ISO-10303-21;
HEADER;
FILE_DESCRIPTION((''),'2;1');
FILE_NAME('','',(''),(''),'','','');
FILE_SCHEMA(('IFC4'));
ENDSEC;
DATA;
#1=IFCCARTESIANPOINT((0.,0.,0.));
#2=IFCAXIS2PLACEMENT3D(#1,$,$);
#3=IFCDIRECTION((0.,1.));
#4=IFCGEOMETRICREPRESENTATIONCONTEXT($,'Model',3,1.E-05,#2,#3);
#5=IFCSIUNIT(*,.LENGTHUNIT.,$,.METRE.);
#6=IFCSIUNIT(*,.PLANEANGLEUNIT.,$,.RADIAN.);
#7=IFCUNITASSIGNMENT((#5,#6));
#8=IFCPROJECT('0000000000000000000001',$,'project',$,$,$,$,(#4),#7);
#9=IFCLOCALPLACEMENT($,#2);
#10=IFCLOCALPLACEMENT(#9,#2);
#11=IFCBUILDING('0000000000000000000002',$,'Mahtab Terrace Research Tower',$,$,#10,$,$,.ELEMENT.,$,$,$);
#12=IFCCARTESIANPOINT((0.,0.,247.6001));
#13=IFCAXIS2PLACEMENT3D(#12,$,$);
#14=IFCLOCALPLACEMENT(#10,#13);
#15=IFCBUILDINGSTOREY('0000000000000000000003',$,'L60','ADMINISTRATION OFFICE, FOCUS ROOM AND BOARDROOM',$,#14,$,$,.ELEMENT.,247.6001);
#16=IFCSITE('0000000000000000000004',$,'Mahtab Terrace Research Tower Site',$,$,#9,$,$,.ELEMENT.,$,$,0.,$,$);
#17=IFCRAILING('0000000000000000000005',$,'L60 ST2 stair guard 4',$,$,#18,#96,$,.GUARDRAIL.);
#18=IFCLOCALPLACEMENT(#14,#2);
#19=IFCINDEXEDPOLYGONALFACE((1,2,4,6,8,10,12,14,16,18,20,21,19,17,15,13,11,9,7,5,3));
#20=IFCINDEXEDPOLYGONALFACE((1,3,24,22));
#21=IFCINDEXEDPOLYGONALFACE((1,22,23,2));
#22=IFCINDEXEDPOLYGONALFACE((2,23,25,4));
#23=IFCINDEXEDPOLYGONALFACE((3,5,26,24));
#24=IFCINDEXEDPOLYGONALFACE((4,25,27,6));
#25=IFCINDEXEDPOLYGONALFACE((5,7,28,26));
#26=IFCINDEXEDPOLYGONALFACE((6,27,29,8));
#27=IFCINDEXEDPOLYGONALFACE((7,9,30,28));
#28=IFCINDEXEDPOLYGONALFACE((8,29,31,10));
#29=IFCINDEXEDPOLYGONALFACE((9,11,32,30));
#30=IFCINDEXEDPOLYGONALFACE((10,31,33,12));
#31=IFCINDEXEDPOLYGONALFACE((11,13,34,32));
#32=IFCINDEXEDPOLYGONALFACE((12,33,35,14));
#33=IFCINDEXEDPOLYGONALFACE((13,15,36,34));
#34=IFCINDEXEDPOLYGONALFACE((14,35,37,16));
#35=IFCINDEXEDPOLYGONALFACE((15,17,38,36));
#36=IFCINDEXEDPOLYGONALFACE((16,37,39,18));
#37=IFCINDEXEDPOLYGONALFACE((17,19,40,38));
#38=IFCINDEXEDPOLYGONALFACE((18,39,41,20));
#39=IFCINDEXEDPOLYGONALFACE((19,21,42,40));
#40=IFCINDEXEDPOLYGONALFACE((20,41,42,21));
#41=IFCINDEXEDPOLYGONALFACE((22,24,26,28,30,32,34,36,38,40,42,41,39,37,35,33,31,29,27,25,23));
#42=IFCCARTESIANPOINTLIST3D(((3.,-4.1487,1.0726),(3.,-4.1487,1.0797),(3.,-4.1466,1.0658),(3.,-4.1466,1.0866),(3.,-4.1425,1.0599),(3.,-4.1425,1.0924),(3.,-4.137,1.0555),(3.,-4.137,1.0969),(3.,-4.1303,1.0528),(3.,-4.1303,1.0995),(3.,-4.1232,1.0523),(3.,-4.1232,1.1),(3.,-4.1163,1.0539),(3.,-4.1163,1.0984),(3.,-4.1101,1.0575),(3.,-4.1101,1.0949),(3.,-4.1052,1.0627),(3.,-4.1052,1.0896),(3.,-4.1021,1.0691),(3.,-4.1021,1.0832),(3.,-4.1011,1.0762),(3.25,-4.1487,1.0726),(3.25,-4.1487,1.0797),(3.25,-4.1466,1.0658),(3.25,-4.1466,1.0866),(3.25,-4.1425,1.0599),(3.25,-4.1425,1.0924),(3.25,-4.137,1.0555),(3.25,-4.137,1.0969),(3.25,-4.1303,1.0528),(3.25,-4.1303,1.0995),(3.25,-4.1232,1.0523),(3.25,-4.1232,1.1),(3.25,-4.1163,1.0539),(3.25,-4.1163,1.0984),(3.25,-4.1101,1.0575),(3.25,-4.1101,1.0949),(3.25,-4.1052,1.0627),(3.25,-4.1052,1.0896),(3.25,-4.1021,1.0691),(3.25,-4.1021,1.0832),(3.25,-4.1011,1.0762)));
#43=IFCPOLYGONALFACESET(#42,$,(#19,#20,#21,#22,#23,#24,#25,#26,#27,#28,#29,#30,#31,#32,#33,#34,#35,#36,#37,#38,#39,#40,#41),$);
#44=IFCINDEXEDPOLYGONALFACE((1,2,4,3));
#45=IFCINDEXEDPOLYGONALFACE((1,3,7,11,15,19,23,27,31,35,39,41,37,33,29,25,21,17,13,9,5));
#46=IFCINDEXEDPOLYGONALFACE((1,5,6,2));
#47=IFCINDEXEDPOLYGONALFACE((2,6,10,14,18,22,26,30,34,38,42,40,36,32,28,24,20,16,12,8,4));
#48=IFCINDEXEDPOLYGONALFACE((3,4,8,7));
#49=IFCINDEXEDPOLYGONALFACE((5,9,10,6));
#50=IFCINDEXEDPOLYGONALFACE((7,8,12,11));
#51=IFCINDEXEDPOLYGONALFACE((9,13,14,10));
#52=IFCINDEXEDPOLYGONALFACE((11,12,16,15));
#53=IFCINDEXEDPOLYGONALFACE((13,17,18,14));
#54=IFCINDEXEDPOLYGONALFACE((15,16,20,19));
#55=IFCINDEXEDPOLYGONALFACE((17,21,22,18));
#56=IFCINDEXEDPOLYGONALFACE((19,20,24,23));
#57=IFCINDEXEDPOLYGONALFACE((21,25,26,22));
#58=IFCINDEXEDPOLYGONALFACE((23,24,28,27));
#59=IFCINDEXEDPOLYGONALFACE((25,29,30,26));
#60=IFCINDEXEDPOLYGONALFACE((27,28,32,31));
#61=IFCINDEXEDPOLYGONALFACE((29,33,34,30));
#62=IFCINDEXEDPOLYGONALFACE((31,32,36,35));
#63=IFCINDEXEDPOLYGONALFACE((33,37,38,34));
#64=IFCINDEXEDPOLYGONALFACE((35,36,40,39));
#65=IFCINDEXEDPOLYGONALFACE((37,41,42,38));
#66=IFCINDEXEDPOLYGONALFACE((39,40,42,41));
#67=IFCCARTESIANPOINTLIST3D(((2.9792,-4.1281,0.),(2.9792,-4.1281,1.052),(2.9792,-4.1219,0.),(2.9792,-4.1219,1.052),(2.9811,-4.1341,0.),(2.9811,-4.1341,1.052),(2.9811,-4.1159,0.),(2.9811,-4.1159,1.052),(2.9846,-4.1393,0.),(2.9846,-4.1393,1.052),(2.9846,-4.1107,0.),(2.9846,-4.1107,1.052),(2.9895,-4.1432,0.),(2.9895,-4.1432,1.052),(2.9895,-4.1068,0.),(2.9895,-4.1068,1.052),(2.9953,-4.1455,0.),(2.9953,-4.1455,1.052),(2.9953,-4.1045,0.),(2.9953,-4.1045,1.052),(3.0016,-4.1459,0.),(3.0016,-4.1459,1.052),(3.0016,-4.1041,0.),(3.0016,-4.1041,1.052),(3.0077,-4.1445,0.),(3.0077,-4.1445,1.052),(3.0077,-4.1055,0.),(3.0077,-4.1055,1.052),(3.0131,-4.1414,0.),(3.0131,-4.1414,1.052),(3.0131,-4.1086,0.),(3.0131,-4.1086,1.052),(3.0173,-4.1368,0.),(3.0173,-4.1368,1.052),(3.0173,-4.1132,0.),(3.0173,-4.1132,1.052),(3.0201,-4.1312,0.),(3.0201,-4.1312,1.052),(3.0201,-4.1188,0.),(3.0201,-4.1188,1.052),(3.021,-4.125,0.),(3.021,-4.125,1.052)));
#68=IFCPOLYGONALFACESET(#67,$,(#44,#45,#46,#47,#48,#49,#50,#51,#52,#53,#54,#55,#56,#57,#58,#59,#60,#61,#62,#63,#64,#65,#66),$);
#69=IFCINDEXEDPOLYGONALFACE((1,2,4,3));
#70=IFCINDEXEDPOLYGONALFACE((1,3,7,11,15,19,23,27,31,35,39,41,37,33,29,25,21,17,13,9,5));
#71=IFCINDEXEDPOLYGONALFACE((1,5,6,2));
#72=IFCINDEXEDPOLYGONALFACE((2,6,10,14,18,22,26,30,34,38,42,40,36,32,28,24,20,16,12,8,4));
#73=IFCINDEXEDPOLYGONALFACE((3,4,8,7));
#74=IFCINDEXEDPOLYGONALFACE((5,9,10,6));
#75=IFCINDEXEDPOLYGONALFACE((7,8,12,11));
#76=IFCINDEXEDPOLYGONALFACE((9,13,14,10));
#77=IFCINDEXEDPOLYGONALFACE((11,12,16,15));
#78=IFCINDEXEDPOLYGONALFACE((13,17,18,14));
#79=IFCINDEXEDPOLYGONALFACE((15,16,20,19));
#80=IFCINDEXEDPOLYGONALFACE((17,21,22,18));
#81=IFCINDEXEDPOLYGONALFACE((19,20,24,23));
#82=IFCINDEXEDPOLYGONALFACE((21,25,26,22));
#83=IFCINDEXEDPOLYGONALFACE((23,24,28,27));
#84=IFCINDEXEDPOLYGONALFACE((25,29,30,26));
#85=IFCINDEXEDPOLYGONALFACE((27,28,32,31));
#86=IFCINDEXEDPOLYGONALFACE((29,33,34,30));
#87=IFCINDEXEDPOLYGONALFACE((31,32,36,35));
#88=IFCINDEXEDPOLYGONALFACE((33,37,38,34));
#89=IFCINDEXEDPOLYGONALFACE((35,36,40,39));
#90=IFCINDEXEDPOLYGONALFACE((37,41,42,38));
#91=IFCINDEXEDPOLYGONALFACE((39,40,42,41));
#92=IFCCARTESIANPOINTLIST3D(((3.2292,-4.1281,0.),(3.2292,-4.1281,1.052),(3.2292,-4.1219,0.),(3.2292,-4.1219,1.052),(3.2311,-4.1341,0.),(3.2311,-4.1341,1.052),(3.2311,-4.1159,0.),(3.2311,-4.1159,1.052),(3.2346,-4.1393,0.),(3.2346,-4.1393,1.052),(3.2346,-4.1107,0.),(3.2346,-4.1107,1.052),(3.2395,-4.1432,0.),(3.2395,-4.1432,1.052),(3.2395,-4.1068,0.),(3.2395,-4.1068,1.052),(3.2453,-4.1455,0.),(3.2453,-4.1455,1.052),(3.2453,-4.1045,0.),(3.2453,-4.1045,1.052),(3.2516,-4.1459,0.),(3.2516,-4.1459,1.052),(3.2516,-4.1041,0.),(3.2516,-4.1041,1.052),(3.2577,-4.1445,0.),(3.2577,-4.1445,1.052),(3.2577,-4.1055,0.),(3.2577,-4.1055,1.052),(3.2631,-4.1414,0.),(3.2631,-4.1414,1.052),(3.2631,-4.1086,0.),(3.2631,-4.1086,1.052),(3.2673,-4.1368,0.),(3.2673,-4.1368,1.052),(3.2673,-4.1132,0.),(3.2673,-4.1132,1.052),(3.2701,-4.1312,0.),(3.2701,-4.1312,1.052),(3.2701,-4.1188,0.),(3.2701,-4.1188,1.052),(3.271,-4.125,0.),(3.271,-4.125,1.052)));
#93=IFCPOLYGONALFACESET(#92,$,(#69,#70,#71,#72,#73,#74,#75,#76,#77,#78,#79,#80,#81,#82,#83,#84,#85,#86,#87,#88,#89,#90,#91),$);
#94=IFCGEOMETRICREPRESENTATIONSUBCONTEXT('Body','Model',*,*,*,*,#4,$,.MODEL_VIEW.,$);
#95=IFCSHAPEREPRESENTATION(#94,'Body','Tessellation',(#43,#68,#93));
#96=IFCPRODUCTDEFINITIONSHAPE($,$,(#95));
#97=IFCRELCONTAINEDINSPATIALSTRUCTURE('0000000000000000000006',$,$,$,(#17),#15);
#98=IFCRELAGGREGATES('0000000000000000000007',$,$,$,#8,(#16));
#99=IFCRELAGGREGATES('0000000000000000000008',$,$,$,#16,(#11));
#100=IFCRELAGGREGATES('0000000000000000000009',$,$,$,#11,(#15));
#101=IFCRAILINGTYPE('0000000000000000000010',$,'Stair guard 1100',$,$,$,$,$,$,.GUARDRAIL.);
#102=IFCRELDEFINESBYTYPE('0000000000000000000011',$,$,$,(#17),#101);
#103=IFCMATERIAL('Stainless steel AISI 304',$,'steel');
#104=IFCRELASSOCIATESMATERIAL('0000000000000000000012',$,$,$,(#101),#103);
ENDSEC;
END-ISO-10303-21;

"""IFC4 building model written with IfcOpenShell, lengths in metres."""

from ifc_helpers import new_model, si_unit, direction, frame, origin, origin_2d, place, context, subcontext, project, spatial, circle, extrude, material, type_object, element, save


model = new_model("IFC4")

# Units and contexts
model_context = context("Model", 3, precision=1e-05, world=origin(), true_north=direction((0.0, 1.0)))
body_context = subcontext(model_context, "Body", "Model", "MODEL_VIEW")
ifc_project = project(units=[si_unit("LENGTHUNIT", "METRE"), si_unit("PLANEANGLEUNIT", "RADIAN")], contexts=[model_context])

# Site, building, storey
site_placement = place(None, origin())
site = spatial("IfcSite", under=ifc_project, at=site_placement, Name="Mahtab Terrace Research Tower Site", CompositionType="ELEMENT", RefElevation=0.0)
building_placement = place(site_placement, origin())
building = spatial("IfcBuilding", under=site, at=building_placement, Name="Mahtab Terrace Research Tower", CompositionType="ELEMENT")
storey_placement = place(building_placement, frame((0.0, 0.0, 247.6001)))
storey = spatial("IfcBuildingStorey", under=building, at=storey_placement, Name="L60", Description="ADMINISTRATION OFFICE, FOCUS ROOM AND BOARDROOM", CompositionType="ELEMENT", Elevation=247.6001)

# Railing
ifc_material_1 = material(Name="Stainless steel AISI 304", Category="steel")
railing_type = type_object("IfcRailingType", Name="Stair guard 1100", PredefinedType="GUARDRAIL", material=ifc_material_1)
railing_1_placement = place(storey_placement, frame((3.0, -4.125, 0.0)))
element("IfcRailing", 1, at=railing_1_placement, inside=storey, type_object=railing_type, Name="L60 ST2 stair guard 4", PredefinedType="GUARDRAIL", context=body_context, shape_type="SweptSolid", body=[
    extrude(circle(Radius=0.0239, at=origin_2d()), frame((0.0, 0.0, 1.0762), z_axis=(1.0, 0.0, 0.0), x_axis=(0.0, 1.0, 0.0)), (0.0, 0.0, 1.0), 0.25),
    extrude(circle(Radius=0.021, at=origin_2d()), origin(), (0.0, 0.0, 1.0), 1.052),
    extrude(circle(Radius=0.021, at=origin_2d()), frame((0.25, 0.0, 0.0)), (0.0, 0.0, 1.0), 1.052),
])

save(model, "model.ifc")
